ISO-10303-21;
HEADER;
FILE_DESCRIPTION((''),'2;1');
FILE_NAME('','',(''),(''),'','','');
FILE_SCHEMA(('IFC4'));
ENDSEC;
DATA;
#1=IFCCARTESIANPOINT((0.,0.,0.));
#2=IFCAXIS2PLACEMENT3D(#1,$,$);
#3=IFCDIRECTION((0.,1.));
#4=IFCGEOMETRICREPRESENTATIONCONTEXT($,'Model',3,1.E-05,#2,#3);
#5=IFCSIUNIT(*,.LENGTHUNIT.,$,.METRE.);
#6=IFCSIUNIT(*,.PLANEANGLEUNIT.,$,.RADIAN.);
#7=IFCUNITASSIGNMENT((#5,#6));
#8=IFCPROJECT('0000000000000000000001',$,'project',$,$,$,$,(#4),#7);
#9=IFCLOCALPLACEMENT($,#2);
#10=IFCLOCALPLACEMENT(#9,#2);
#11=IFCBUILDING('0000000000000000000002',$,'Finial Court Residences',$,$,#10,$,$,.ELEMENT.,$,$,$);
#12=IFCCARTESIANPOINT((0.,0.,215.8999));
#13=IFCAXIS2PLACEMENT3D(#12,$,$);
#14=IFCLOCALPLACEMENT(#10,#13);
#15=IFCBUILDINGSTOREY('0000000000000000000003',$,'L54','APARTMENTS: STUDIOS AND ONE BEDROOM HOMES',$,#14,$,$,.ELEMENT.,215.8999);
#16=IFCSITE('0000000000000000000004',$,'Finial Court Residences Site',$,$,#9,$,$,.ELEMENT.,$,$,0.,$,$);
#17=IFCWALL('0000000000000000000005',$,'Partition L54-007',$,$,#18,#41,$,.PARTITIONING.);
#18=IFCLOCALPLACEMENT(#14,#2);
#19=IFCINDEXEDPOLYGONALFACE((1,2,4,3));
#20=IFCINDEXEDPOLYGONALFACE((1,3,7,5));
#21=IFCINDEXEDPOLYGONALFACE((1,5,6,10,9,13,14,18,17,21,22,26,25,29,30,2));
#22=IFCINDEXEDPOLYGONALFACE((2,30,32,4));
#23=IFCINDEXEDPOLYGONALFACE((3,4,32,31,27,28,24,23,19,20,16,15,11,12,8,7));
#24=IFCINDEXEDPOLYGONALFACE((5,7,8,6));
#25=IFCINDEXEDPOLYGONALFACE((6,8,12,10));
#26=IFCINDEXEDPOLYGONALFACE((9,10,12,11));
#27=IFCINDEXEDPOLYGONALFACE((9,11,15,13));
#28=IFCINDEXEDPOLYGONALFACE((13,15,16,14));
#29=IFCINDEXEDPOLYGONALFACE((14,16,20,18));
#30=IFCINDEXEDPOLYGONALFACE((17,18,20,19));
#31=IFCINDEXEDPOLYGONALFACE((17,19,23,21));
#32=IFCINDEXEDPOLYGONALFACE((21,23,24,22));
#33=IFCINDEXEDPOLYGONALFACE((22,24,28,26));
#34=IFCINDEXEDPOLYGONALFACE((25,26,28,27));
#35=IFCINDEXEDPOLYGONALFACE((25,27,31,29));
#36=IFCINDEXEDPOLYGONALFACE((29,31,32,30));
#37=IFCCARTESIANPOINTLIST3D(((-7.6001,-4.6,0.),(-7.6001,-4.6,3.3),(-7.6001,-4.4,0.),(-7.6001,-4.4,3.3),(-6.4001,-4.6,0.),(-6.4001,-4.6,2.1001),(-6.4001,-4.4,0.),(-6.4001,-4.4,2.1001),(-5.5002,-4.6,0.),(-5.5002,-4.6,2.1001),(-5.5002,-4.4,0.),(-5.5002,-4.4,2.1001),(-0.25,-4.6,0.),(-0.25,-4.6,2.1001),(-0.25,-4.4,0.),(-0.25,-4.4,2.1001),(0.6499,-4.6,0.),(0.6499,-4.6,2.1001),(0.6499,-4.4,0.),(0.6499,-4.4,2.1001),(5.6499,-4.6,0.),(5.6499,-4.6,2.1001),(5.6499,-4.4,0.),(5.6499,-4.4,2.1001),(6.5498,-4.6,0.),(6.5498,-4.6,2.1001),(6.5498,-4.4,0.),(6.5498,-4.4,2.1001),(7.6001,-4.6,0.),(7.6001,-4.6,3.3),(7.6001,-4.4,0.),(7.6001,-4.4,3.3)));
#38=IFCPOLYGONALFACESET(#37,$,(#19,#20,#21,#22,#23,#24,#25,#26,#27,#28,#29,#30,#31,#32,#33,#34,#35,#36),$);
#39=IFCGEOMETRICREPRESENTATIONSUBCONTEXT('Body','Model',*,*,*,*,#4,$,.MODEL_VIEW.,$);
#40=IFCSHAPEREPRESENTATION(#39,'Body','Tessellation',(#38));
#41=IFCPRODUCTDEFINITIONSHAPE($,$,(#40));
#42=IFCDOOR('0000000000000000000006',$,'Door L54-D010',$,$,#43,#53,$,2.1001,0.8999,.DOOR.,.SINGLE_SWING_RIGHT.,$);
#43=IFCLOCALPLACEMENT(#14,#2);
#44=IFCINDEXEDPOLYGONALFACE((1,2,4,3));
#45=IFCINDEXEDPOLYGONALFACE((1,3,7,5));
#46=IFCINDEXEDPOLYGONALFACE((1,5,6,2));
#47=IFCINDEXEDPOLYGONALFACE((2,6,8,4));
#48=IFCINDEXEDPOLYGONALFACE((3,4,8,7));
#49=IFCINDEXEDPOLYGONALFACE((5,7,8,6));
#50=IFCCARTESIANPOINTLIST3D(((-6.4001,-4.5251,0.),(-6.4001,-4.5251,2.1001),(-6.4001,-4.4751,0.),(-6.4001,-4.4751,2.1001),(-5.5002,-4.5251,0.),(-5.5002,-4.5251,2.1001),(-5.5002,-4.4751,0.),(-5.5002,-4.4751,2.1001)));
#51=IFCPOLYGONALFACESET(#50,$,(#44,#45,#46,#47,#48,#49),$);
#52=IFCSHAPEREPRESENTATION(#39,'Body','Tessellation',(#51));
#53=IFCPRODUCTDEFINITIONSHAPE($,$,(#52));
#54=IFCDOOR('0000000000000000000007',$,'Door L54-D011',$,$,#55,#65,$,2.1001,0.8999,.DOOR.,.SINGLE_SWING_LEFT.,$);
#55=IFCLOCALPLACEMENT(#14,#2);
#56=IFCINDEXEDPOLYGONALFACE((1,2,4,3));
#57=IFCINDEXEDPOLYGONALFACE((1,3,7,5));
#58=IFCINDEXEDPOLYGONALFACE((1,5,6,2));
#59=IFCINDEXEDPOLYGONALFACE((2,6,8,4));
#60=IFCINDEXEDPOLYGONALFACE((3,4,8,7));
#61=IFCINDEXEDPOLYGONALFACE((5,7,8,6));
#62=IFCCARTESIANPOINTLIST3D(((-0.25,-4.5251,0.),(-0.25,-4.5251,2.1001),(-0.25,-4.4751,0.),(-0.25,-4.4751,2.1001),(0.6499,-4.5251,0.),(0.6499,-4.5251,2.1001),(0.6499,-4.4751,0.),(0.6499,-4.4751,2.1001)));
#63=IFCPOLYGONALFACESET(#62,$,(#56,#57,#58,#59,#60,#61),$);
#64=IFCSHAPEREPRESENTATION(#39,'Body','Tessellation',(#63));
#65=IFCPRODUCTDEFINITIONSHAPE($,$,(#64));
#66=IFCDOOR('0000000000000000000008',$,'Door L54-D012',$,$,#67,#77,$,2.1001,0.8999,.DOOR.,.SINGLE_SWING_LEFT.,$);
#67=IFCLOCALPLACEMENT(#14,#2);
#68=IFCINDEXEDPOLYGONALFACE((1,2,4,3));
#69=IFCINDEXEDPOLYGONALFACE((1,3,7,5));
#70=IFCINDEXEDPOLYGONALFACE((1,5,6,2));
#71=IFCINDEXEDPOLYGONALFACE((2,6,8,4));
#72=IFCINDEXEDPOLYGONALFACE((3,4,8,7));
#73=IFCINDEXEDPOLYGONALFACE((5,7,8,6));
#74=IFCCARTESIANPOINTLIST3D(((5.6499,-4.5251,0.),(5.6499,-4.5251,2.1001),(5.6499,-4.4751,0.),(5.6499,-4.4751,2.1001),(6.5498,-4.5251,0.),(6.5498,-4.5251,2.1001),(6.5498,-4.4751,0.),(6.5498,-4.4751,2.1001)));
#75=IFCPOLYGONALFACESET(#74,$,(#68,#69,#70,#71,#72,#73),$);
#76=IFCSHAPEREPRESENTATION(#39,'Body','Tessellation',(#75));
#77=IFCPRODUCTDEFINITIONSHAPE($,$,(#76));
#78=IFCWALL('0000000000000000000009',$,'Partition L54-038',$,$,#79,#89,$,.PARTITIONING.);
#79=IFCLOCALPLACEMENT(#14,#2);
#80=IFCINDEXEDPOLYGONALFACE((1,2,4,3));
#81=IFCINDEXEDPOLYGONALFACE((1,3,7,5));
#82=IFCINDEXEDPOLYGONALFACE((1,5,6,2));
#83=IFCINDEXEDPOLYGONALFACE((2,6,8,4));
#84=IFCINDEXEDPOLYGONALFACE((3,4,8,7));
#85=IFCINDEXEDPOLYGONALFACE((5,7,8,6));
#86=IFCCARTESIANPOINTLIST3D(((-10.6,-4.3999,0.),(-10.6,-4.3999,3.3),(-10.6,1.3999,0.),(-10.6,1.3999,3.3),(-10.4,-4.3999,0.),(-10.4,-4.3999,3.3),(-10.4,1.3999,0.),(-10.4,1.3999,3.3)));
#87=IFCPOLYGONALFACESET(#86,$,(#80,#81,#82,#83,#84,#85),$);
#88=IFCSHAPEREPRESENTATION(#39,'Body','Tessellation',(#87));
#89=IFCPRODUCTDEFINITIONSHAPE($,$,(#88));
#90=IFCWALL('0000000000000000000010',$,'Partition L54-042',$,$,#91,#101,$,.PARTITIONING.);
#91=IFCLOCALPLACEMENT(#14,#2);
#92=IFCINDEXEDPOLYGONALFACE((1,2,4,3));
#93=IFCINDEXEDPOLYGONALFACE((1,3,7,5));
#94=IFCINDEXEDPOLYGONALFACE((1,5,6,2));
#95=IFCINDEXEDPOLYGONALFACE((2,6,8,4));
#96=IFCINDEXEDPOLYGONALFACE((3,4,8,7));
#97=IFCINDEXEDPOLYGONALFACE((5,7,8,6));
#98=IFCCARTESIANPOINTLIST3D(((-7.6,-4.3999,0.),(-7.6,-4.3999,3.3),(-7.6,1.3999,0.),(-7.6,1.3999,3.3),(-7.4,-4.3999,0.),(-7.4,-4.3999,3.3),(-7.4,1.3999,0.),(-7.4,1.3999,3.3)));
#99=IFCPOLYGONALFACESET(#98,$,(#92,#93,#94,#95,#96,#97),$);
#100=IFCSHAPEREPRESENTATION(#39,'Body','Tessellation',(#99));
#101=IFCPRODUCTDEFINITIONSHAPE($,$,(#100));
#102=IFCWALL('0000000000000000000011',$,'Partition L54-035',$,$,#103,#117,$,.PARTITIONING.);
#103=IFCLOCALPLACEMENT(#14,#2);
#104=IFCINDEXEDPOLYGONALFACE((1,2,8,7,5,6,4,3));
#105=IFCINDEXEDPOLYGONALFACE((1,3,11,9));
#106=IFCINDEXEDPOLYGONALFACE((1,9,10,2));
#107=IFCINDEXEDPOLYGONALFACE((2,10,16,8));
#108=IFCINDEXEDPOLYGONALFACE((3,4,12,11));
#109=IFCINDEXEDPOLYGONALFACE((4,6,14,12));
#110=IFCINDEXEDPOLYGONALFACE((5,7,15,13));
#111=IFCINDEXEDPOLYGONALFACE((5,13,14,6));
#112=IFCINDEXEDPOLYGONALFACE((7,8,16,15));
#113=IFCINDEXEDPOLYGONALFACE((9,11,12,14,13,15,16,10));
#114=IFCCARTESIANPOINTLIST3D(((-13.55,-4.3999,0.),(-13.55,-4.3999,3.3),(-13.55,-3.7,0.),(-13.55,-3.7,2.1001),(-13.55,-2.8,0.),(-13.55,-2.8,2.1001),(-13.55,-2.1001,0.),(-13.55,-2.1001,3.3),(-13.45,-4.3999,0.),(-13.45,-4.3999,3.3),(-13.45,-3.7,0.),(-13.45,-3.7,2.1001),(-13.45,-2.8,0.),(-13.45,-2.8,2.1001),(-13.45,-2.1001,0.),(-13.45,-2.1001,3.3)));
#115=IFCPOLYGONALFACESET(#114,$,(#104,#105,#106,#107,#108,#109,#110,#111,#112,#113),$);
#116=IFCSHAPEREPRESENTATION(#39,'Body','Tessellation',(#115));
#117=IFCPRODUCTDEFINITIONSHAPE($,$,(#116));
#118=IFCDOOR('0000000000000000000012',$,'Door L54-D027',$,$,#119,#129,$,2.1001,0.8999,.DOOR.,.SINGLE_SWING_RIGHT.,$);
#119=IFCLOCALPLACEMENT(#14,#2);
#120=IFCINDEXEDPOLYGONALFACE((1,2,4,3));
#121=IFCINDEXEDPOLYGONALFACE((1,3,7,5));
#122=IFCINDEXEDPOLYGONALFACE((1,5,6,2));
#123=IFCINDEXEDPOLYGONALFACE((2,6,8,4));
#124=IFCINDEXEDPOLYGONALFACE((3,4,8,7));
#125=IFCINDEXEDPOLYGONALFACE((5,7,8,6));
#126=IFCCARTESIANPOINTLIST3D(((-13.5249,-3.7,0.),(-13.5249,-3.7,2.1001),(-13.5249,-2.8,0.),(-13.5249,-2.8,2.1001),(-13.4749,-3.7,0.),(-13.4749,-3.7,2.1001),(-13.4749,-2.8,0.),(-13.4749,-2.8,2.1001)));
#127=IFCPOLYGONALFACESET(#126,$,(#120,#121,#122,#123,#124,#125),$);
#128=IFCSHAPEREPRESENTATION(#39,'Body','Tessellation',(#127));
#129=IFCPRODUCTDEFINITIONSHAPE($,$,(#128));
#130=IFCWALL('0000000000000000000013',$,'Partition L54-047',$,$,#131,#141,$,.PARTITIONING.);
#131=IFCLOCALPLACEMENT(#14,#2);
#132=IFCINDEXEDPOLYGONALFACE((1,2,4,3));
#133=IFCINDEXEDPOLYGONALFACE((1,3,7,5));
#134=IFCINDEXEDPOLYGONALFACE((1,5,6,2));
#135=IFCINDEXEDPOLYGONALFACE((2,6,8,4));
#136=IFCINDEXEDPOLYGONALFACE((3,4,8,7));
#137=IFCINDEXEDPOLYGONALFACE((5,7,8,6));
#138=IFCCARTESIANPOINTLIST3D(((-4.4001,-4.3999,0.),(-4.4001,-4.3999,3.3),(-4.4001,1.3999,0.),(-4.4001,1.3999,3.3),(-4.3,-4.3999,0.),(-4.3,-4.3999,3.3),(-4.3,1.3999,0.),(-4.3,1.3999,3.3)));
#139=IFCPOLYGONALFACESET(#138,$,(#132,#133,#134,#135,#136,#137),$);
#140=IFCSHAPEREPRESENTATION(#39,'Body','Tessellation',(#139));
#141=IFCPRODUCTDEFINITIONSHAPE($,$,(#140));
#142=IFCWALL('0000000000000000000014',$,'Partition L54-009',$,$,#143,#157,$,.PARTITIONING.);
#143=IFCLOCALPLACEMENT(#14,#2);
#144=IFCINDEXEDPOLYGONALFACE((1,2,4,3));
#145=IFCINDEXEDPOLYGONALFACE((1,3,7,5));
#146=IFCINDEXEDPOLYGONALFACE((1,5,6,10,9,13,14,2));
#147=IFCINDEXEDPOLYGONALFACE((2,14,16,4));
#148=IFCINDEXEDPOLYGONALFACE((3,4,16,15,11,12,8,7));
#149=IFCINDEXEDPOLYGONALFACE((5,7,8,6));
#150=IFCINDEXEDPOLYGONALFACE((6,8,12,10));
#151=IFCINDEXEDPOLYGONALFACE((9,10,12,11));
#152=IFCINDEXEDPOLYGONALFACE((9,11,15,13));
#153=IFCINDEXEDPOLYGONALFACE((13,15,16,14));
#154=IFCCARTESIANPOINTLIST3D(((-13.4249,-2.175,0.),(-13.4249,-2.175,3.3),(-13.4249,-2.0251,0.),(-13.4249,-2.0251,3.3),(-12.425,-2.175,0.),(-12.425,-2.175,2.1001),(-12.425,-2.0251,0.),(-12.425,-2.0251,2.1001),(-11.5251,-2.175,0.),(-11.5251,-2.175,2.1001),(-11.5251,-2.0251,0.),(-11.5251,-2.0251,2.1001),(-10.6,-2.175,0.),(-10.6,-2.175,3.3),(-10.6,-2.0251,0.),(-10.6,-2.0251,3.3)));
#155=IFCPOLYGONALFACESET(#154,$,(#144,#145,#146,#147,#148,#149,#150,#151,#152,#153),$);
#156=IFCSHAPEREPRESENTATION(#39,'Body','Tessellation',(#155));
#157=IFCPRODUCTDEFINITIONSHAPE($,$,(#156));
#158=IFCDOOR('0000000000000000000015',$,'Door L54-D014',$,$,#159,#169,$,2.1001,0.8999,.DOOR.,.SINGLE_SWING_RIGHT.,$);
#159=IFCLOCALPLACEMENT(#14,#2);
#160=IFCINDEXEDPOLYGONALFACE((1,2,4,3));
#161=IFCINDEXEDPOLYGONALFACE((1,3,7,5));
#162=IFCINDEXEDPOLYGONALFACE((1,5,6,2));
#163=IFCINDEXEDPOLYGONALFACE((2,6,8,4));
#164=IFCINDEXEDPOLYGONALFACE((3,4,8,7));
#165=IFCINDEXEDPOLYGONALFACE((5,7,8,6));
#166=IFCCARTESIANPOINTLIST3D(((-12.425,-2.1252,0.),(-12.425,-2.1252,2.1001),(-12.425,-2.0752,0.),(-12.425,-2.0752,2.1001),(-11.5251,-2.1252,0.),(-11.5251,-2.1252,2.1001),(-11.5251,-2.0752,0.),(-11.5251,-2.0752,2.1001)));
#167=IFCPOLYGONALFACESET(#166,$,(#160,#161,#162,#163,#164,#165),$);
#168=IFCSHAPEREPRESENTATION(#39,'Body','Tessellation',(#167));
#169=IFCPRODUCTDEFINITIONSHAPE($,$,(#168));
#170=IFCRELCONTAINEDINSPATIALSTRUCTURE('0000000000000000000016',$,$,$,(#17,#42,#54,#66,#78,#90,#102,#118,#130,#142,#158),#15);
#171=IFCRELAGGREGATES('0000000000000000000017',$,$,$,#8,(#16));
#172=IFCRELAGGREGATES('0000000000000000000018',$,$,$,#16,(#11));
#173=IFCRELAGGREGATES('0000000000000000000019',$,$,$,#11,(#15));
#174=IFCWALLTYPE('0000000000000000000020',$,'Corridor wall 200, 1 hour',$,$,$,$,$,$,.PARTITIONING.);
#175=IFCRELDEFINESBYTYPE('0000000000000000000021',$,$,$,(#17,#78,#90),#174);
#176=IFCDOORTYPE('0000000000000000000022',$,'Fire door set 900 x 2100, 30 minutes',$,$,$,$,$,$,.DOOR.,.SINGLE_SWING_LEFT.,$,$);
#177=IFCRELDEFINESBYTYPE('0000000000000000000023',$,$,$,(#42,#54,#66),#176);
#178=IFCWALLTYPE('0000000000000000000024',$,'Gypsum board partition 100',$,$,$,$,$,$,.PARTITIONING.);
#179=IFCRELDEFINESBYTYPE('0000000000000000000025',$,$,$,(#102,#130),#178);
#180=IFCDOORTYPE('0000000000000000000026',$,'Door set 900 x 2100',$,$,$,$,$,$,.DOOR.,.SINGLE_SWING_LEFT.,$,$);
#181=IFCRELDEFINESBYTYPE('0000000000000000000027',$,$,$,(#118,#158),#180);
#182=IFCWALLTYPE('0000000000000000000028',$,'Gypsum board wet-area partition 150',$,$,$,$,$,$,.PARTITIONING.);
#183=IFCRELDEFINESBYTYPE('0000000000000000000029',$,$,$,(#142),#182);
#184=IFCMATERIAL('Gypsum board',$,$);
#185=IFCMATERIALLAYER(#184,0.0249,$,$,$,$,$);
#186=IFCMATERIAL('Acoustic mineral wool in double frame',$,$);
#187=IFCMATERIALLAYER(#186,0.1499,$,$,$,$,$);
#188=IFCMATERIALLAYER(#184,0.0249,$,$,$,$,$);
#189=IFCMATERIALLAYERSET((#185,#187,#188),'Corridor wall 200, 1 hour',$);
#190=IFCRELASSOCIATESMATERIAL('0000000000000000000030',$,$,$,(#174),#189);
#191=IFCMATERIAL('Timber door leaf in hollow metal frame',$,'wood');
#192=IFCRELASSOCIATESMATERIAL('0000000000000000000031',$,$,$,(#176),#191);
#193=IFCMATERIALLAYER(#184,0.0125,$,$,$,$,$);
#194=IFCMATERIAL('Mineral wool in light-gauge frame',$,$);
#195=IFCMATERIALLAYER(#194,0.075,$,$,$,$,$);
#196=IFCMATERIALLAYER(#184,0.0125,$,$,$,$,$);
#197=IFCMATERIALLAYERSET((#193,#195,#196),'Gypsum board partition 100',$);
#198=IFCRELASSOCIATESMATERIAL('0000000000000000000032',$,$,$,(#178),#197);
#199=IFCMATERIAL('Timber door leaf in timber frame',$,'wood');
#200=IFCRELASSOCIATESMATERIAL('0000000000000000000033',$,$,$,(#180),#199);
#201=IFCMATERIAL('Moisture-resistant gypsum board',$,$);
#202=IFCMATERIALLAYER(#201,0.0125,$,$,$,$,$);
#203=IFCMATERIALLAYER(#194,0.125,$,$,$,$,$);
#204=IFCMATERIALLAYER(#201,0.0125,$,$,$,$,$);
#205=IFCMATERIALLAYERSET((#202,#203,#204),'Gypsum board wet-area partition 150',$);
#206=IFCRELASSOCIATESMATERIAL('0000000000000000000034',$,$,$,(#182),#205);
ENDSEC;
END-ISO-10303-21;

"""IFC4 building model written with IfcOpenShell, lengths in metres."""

from ifc_helpers import new_model, si_unit, direction, frame, frame_2d, origin, place, context, subcontext, project, spatial, rectangle, extrude, material, layer, layer_set, type_object, element, fill, save


model = new_model("IFC4")

# Units and contexts
model_context = context("Model", 3, precision=1e-05, world=origin(), true_north=direction((0.0, 1.0)))
body_context = subcontext(model_context, "Body", "Model", "MODEL_VIEW")
ifc_project = project(units=[si_unit("LENGTHUNIT", "METRE"), si_unit("PLANEANGLEUNIT", "RADIAN")], contexts=[model_context])

# Site, building, storey
site_placement = place(None, origin())
site = spatial("IfcSite", under=ifc_project, at=site_placement, Name="Finial Court Residences Site", CompositionType="ELEMENT", RefElevation=0.0)
building_placement = place(site_placement, origin())
building = spatial("IfcBuilding", under=site, at=building_placement, Name="Finial Court Residences", CompositionType="ELEMENT")
storey_placement = place(building_placement, frame((0.0, 0.0, 215.8999)))
storey = spatial("IfcBuildingStorey", under=building, at=storey_placement, Name="L54", Description="APARTMENTS: STUDIOS AND ONE BEDROOM HOMES", CompositionType="ELEMENT", Elevation=215.8999)

# Wall, openings, doors
ifc_material_1 = material(Name="Gypsum board")
ifc_layer_1 = layer(ifc_material_1, 0.0249)
ifc_material_2 = material(Name="Acoustic mineral wool in double frame")
ifc_layer_2 = layer(ifc_material_2, 0.1499)
ifc_layer_3 = layer(ifc_material_1, 0.0249)
ifc_layer_set_1 = layer_set([ifc_layer_1, ifc_layer_2, ifc_layer_3], Name="Corridor wall 200, 1 hour")
wall_type_1 = type_object("IfcWallType", Name="Corridor wall 200, 1 hour", PredefinedType="PARTITIONING", material=ifc_layer_set_1)
wall_1_placement = place(storey_placement, frame((-7.6001, -4.5, 0.0), z_axis=(0.0, 0.0, 1.0), x_axis=(1.0, 0.0, 0.0)))
wall_1 = element("IfcWall", 1, at=wall_1_placement, inside=storey, type_object=wall_type_1, Name="Partition L54-007", PredefinedType="PARTITIONING", context=body_context, shape_type="SweptSolid", body=[
    extrude(rectangle(XDim=15.2002, YDim=0.2, at=frame_2d((7.6001, 0.0))), origin(), (0.0, 0.0, 1.0), 3.3),
])
opening_1_placement = place(wall_1_placement, frame((1.2, 0.0, 0.0)))
opening_1 = element("IfcOpeningElement", 2, at=opening_1_placement, cuts=wall_1, PredefinedType="OPENING", context=body_context, shape_type="SweptSolid", body=[
    extrude(rectangle(XDim=0.8999, YDim=2.1001, at=frame_2d((0.45, 1.05))), frame((0.0, 0.1099, 0.0), z_axis=(0.0, -1.0, 0.0), x_axis=(1.0, 0.0, 0.0)), (0.0, 0.0, 1.0), 0.22),
])
opening_2_placement = place(wall_1_placement, frame((7.3501, 0.0, 0.0)))
opening_2 = element("IfcOpeningElement", 3, at=opening_2_placement, cuts=wall_1, PredefinedType="OPENING", context=body_context, shape_type="SweptSolid", body=[
    extrude(rectangle(XDim=0.8999, YDim=2.1001, at=frame_2d((0.45, 1.05))), frame((0.0, 0.1099, 0.0), z_axis=(0.0, -1.0, 0.0), x_axis=(1.0, 0.0, 0.0)), (0.0, 0.0, 1.0), 0.22),
])
opening_3_placement = place(wall_1_placement, frame((13.25, 0.0, 0.0)))
opening_3 = element("IfcOpeningElement", 4, at=opening_3_placement, cuts=wall_1, PredefinedType="OPENING", context=body_context, shape_type="SweptSolid", body=[
    extrude(rectangle(XDim=0.8999, YDim=2.1001, at=frame_2d((0.45, 1.05))), frame((0.0, 0.1099, 0.0), z_axis=(0.0, -1.0, 0.0), x_axis=(1.0, 0.0, 0.0)), (0.0, 0.0, 1.0), 0.22),
])
ifc_material_3 = material(Name="Timber door leaf in hollow metal frame", Category="wood")
door_type_1 = type_object("IfcDoorType", Name="Fire door set 900 x 2100, 30 minutes", OperationType="SINGLE_SWING_LEFT", PredefinedType="DOOR", material=ifc_material_3)
door_1_placement = place(opening_1_placement, origin())
door_1 = element("IfcDoor", 5, at=door_1_placement, inside=storey, type_object=door_type_1, Name="Door L54-D010", OperationType="SINGLE_SWING_RIGHT", OverallHeight=2.1001, OverallWidth=0.8999, PredefinedType="DOOR", context=body_context, shape_type="SweptSolid", body=[
    extrude(rectangle(XDim=0.8999, YDim=2.1001, at=frame_2d((0.45, 1.05))), frame((0.0, 0.0249, 0.0), z_axis=(0.0, -1.0, 0.0), x_axis=(1.0, 0.0, 0.0)), (0.0, 0.0, 1.0), 0.05),
])
fill(opening_1, door_1)
door_2_placement = place(opening_2_placement, origin())
door_2 = element("IfcDoor", 6, at=door_2_placement, inside=storey, type_object=door_type_1, Name="Door L54-D011", OperationType="SINGLE_SWING_LEFT", OverallHeight=2.1001, OverallWidth=0.8999, PredefinedType="DOOR", context=body_context, shape_type="SweptSolid", body=[
    extrude(rectangle(XDim=0.8999, YDim=2.1001, at=frame_2d((0.45, 1.05))), frame((0.0, 0.0249, 0.0), z_axis=(0.0, -1.0, 0.0), x_axis=(1.0, 0.0, 0.0)), (0.0, 0.0, 1.0), 0.05),
])
fill(opening_2, door_2)
door_3_placement = place(opening_3_placement, origin())
door_3 = element("IfcDoor", 7, at=door_3_placement, inside=storey, type_object=door_type_1, Name="Door L54-D012", OperationType="SINGLE_SWING_LEFT", OverallHeight=2.1001, OverallWidth=0.8999, PredefinedType="DOOR", context=body_context, shape_type="SweptSolid", body=[
    extrude(rectangle(XDim=0.8999, YDim=2.1001, at=frame_2d((0.45, 1.05))), frame((0.0, 0.0249, 0.0), z_axis=(0.0, -1.0, 0.0), x_axis=(1.0, 0.0, 0.0)), (0.0, 0.0, 1.0), 0.05),
])
fill(opening_3, door_3)

# Walls
for number, where, z_axis, x_axis, name in (
    (8, (-10.5, -4.3999, 0.0), (0.0, 0.0, 1.0), (0.0, 1.0, 0.0), "Partition L54-038"),
    (9, (-7.5, -4.3999, 0.0), (0.0, 0.0, 1.0), (0.0, 1.0, 0.0), "Partition L54-042"),
):
    element("IfcWall", number, at=place(storey_placement, frame(where, z_axis=z_axis, x_axis=x_axis)), inside=storey, type_object=wall_type_1, Name=name, PredefinedType="PARTITIONING", context=body_context, shape_type="SweptSolid", body=[
        extrude(rectangle(XDim=5.7998, YDim=0.2, at=frame_2d((2.8999, 0.0))), origin(), (0.0, 0.0, 1.0), 3.3),
    ])

# Wall, opening, door
ifc_layer_4 = layer(ifc_material_1, 0.0125)
ifc_material_4 = material(Name="Mineral wool in light-gauge frame")
ifc_layer_5 = layer(ifc_material_4, 0.075)
ifc_layer_6 = layer(ifc_material_1, 0.0125)
ifc_layer_set_2 = layer_set([ifc_layer_4, ifc_layer_5, ifc_layer_6], Name="Gypsum board partition 100")
wall_type_2 = type_object("IfcWallType", Name="Gypsum board partition 100", PredefinedType="PARTITIONING", material=ifc_layer_set_2)
wall_2_placement = place(storey_placement, frame((-13.5, -4.3999, 0.0), z_axis=(0.0, 0.0, 1.0), x_axis=(0.0, 1.0, 0.0)))
wall_2 = element("IfcWall", 10, at=wall_2_placement, inside=storey, type_object=wall_type_2, Name="Partition L54-035", PredefinedType="PARTITIONING", context=body_context, shape_type="SweptSolid", body=[
    extrude(rectangle(XDim=2.2998, YDim=0.1001, at=frame_2d((1.1499, 0.0))), origin(), (0.0, 0.0, 1.0), 3.3),
])
opening_4_placement = place(wall_2_placement, frame((0.7, 0.0, 0.0)))
opening_4 = element("IfcOpeningElement", 11, at=opening_4_placement, cuts=wall_2, PredefinedType="OPENING", context=body_context, shape_type="SweptSolid", body=[
    extrude(rectangle(XDim=0.8999, YDim=2.1001, at=frame_2d((0.45, 1.05))), frame((0.0, 0.0601, 0.0), z_axis=(0.0, -1.0, 0.0), x_axis=(1.0, 0.0, 0.0)), (0.0, 0.0, 1.0), 0.1201),
])
ifc_material_5 = material(Name="Timber door leaf in timber frame", Category="wood")
door_type_2 = type_object("IfcDoorType", Name="Door set 900 x 2100", OperationType="SINGLE_SWING_LEFT", PredefinedType="DOOR", material=ifc_material_5)
door_4_placement = place(opening_4_placement, origin())
door_4 = element("IfcDoor", 12, at=door_4_placement, inside=storey, type_object=door_type_2, Name="Door L54-D027", OperationType="SINGLE_SWING_RIGHT", OverallHeight=2.1001, OverallWidth=0.8999, PredefinedType="DOOR", context=body_context, shape_type="SweptSolid", body=[
    extrude(rectangle(XDim=0.8999, YDim=2.1001, at=frame_2d((0.45, 1.05))), frame((0.0, 0.0249, 0.0), z_axis=(0.0, -1.0, 0.0), x_axis=(1.0, 0.0, 0.0)), (0.0, 0.0, 1.0), 0.05),
])
fill(opening_4, door_4)

# Wall
wall_3_placement = place(storey_placement, frame((-4.3501, -4.3999, 0.0), z_axis=(0.0, 0.0, 1.0), x_axis=(0.0, 1.0, 0.0)))
element("IfcWall", 13, at=wall_3_placement, inside=storey, type_object=wall_type_2, Name="Partition L54-047", PredefinedType="PARTITIONING", context=body_context, shape_type="SweptSolid", body=[
    extrude(rectangle(XDim=5.7998, YDim=0.1001, at=frame_2d((2.8999, 0.0))), origin(), (0.0, 0.0, 1.0), 3.3),
])

# Wall, opening, door
ifc_material_6 = material(Name="Moisture-resistant gypsum board")
ifc_layer_7 = layer(ifc_material_6, 0.0125)
ifc_layer_8 = layer(ifc_material_4, 0.125)
ifc_layer_9 = layer(ifc_material_6, 0.0125)
ifc_layer_set_3 = layer_set([ifc_layer_7, ifc_layer_8, ifc_layer_9], Name="Gypsum board wet-area partition 150")
wall_type_3 = type_object("IfcWallType", Name="Gypsum board wet-area partition 150", PredefinedType="PARTITIONING", material=ifc_layer_set_3)
wall_4_placement = place(storey_placement, frame((-13.425, -2.1001, 0.0), z_axis=(0.0, 0.0, 1.0), x_axis=(1.0, 0.0, 0.0)))
wall_4 = element("IfcWall", 14, at=wall_4_placement, inside=storey, type_object=wall_type_3, Name="Partition L54-009", PredefinedType="PARTITIONING", context=body_context, shape_type="SweptSolid", body=[
    extrude(rectangle(XDim=2.825, YDim=0.1499, at=frame_2d((1.4126, 0.0))), origin(), (0.0, 0.0, 1.0), 3.3),
])
opening_5_placement = place(wall_4_placement, frame((1.0, 0.0, 0.0)))
opening_5 = element("IfcOpeningElement", 15, at=opening_5_placement, cuts=wall_4, PredefinedType="OPENING", context=body_context, shape_type="SweptSolid", body=[
    extrude(rectangle(XDim=0.8999, YDim=2.1001, at=frame_2d((0.45, 1.05))), frame((0.0, 0.085, 0.0), z_axis=(0.0, -1.0, 0.0), x_axis=(1.0, 0.0, 0.0)), (0.0, 0.0, 1.0), 0.1699),
])
door_5_placement = place(opening_5_placement, origin())
door_5 = element("IfcDoor", 16, at=door_5_placement, inside=storey, type_object=door_type_2, Name="Door L54-D014", OperationType="SINGLE_SWING_RIGHT", OverallHeight=2.1001, OverallWidth=0.8999, PredefinedType="DOOR", context=body_context, shape_type="SweptSolid", body=[
    extrude(rectangle(XDim=0.8999, YDim=2.1001, at=frame_2d((0.45, 1.05))), frame((0.0, 0.0249, 0.0), z_axis=(0.0, -1.0, 0.0), x_axis=(1.0, 0.0, 0.0)), (0.0, 0.0, 1.0), 0.05),
])
fill(opening_5, door_5)

save(model, "model.ifc")
